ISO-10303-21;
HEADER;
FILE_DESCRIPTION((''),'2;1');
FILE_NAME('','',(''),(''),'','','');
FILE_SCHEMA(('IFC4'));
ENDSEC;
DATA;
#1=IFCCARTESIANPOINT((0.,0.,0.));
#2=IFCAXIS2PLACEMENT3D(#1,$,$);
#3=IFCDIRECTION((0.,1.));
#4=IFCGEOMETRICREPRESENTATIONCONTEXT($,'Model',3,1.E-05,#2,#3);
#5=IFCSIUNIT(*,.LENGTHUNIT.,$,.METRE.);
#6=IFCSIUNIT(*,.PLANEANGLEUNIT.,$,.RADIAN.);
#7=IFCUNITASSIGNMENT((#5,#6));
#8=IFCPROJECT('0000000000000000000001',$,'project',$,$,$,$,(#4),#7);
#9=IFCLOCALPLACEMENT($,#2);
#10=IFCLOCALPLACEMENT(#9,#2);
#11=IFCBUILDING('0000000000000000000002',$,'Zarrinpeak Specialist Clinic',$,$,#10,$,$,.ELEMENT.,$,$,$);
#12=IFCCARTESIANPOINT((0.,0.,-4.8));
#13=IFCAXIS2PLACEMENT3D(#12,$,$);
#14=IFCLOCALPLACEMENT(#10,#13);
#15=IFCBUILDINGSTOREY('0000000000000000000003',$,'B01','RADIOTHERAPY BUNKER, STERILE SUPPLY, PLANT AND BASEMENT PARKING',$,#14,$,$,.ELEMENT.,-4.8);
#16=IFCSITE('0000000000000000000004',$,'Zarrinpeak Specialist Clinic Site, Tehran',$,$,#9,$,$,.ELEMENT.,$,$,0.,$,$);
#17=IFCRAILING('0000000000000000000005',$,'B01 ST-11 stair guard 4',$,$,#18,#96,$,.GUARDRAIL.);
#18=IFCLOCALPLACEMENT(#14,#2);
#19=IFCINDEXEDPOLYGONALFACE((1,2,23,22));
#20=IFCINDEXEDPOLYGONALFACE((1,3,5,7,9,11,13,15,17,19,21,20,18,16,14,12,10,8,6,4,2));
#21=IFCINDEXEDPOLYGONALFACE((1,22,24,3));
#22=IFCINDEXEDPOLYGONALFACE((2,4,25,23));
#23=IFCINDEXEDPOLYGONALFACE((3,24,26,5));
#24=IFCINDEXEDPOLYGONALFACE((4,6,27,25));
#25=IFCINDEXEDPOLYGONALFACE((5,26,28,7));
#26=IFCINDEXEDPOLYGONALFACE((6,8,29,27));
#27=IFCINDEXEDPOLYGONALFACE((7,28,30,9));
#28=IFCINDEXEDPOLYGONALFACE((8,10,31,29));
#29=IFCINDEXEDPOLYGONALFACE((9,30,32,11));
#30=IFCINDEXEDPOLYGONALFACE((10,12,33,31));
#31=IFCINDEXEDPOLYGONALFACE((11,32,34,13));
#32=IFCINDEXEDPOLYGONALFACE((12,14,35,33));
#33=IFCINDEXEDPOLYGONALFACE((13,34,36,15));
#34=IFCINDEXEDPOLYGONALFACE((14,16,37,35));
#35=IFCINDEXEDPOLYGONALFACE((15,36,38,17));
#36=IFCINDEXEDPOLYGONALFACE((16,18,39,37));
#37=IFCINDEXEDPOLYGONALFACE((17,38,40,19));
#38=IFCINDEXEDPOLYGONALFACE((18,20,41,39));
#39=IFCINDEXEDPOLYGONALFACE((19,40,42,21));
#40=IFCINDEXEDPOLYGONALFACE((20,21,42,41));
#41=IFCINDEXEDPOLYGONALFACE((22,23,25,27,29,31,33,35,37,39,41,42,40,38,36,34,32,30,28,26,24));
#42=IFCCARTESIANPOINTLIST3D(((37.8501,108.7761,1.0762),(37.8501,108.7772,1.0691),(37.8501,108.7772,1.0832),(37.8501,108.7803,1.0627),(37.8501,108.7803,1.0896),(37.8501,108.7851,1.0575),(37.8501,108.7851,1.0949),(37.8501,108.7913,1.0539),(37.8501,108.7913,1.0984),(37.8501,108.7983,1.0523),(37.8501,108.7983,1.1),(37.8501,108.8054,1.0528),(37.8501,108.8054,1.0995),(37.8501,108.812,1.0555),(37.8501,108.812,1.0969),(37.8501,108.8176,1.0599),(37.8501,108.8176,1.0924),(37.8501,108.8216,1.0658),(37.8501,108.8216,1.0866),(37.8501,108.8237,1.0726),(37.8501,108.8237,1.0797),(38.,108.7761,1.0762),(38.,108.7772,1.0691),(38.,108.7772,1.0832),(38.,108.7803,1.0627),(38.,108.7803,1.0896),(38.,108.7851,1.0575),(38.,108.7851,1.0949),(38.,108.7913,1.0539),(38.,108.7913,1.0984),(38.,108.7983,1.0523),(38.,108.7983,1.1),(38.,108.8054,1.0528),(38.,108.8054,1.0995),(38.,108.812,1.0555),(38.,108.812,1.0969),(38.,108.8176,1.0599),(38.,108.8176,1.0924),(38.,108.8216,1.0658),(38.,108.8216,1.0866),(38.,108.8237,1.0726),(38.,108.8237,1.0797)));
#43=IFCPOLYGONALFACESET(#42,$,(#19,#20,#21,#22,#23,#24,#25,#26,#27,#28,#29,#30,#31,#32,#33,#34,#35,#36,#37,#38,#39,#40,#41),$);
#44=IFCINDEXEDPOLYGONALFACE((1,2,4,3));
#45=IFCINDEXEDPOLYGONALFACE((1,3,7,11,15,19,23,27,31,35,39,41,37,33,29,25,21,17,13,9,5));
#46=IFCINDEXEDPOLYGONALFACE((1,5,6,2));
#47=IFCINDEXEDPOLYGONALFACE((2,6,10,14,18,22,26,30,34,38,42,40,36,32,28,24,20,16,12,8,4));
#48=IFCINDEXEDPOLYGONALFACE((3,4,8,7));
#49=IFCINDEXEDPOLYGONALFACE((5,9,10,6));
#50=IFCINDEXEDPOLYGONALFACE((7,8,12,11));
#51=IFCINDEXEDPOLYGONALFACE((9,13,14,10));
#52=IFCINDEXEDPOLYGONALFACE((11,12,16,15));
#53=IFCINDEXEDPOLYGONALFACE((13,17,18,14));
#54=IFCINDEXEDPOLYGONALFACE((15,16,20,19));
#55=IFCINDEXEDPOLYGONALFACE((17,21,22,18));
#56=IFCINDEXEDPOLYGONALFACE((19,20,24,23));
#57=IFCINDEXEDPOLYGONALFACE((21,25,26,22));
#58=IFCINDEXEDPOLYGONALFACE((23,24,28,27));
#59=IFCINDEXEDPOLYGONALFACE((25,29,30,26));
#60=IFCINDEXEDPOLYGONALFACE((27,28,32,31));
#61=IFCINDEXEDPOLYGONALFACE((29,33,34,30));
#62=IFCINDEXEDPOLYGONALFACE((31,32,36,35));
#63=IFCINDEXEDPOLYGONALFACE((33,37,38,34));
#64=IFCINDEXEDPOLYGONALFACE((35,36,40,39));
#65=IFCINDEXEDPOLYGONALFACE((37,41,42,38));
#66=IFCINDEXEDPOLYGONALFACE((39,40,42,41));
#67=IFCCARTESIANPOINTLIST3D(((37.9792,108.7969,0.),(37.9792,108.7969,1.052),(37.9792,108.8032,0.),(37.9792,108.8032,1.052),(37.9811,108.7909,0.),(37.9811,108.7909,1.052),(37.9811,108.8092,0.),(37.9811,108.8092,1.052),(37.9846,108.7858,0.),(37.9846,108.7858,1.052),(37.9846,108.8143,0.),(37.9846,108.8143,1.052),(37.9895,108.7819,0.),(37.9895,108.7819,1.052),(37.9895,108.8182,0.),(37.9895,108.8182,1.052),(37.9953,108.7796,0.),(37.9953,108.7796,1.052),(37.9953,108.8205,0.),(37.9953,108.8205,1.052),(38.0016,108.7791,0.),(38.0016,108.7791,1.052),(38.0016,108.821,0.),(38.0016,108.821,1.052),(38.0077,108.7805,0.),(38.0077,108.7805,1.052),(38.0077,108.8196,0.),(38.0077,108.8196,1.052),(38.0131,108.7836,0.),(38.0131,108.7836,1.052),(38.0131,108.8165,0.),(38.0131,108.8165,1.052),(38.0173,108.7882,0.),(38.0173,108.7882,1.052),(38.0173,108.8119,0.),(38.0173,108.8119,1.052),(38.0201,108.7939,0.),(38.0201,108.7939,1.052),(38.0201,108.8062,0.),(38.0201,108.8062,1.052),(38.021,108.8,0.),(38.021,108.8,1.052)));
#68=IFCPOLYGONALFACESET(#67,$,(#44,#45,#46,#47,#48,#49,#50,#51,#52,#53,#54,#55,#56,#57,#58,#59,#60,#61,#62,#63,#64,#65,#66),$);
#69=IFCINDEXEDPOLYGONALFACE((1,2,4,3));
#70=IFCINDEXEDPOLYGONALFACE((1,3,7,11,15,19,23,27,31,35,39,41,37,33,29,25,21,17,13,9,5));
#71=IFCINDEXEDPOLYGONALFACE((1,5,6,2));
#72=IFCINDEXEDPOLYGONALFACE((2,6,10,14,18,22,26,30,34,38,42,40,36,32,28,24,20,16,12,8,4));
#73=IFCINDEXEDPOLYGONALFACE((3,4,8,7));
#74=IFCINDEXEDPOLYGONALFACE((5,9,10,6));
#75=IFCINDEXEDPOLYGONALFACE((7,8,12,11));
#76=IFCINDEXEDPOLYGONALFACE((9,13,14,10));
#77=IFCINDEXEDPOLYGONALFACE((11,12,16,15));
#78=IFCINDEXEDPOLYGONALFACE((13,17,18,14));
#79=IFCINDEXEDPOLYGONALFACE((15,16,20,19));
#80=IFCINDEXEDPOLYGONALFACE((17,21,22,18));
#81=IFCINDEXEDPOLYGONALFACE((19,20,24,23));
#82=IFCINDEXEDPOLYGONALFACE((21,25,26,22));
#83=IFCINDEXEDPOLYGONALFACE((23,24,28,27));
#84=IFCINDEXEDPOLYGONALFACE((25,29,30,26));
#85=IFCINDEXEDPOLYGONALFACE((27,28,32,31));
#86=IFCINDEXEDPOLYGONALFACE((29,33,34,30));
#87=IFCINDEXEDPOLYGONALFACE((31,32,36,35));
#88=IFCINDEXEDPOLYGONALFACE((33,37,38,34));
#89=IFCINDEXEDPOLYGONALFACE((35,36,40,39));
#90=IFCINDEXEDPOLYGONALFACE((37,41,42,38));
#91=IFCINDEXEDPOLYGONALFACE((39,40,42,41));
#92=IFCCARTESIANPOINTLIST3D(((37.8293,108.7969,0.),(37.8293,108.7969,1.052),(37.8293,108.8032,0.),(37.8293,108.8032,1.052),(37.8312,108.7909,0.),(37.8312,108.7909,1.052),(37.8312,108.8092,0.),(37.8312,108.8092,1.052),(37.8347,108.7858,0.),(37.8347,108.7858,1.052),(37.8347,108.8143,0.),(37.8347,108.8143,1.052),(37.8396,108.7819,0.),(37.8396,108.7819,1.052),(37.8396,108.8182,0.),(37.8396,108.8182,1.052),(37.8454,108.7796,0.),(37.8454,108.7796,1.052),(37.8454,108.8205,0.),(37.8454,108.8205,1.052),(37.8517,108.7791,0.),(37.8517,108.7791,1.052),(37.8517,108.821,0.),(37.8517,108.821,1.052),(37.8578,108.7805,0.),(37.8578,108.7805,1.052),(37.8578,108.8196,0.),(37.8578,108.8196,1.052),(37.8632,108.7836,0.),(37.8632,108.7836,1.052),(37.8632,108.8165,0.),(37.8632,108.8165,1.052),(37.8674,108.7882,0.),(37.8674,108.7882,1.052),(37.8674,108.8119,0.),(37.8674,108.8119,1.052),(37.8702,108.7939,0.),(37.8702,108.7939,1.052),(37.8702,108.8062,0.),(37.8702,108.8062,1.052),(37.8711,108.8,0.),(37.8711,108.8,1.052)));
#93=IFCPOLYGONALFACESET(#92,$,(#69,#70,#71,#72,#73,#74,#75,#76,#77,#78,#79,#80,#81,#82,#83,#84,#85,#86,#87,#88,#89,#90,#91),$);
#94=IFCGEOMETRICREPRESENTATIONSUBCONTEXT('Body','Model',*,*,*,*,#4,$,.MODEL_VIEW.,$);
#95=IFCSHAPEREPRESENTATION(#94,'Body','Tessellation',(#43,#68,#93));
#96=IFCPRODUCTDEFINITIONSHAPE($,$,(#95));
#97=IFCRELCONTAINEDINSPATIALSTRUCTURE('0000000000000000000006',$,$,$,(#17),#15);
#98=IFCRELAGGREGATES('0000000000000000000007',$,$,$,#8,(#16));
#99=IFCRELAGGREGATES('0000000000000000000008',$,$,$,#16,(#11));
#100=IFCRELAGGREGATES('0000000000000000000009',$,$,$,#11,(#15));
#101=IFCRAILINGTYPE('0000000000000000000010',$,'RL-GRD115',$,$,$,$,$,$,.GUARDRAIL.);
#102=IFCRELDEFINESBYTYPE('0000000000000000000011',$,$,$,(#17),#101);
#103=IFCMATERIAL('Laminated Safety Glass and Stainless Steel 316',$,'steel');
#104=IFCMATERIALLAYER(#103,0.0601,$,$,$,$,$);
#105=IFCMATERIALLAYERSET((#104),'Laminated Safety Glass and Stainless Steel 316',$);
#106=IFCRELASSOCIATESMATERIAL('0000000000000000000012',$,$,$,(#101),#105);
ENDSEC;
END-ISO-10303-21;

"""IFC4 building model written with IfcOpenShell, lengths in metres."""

from ifc_helpers import new_model, si_unit, direction, frame, origin, origin_2d, place, context, subcontext, project, spatial, circle, extrude, material, layer, layer_set, type_object, element, save


model = new_model("IFC4")

# Units and contexts
model_context = context("Model", 3, precision=1e-05, world=origin(), true_north=direction((0.0, 1.0)))
body_context = subcontext(model_context, "Body", "Model", "MODEL_VIEW")
ifc_project = project(units=[si_unit("LENGTHUNIT", "METRE"), si_unit("PLANEANGLEUNIT", "RADIAN")], contexts=[model_context])

# Site, building, storey
site_placement = place(None, origin())
site = spatial("IfcSite", under=ifc_project, at=site_placement, Name="Zarrinpeak Specialist Clinic Site, Tehran", CompositionType="ELEMENT", RefElevation=0.0)
building_placement = place(site_placement, origin())
building = spatial("IfcBuilding", under=site, at=building_placement, Name="Zarrinpeak Specialist Clinic", CompositionType="ELEMENT")
storey_placement = place(building_placement, frame((0.0, 0.0, -4.8)))
storey = spatial("IfcBuildingStorey", under=building, at=storey_placement, Name="B01", Description="RADIOTHERAPY BUNKER, STERILE SUPPLY, PLANT AND BASEMENT PARKING", CompositionType="ELEMENT", Elevation=-4.8)

# Railing
ifc_material_1 = material(Name="Laminated Safety Glass and Stainless Steel 316", Category="steel")
ifc_layer_1 = layer(ifc_material_1, 0.0601)
ifc_layer_set_1 = layer_set([ifc_layer_1], Name="Laminated Safety Glass and Stainless Steel 316")
railing_type_1 = type_object("IfcRailingType", Name="RL-GRD115", PredefinedType="GUARDRAIL", material=ifc_layer_set_1)
railing_1_placement = place(storey_placement, frame((38.0, 108.8, 0.0)))
element("IfcRailing", 1, at=railing_1_placement, inside=storey, type_object=railing_type_1, Name="B01 ST-11 stair guard 4", PredefinedType="GUARDRAIL", context=body_context, shape_type="SweptSolid", body=[
    extrude(circle(Radius=0.0239, at=origin_2d()), frame((0.0, 0.0, 1.0762), z_axis=(-1.0, 0.0, 0.0), x_axis=(0.0, -1.0, 0.0)), (0.0, 0.0, 1.0), 0.1499),
    extrude(circle(Radius=0.021, at=origin_2d()), origin(), (0.0, 0.0, 1.0), 1.052),
    extrude(circle(Radius=0.021, at=origin_2d()), frame((-0.1499, 0.0, 0.0)), (0.0, 0.0, 1.0), 1.052),
])

save(model, "model.ifc")
